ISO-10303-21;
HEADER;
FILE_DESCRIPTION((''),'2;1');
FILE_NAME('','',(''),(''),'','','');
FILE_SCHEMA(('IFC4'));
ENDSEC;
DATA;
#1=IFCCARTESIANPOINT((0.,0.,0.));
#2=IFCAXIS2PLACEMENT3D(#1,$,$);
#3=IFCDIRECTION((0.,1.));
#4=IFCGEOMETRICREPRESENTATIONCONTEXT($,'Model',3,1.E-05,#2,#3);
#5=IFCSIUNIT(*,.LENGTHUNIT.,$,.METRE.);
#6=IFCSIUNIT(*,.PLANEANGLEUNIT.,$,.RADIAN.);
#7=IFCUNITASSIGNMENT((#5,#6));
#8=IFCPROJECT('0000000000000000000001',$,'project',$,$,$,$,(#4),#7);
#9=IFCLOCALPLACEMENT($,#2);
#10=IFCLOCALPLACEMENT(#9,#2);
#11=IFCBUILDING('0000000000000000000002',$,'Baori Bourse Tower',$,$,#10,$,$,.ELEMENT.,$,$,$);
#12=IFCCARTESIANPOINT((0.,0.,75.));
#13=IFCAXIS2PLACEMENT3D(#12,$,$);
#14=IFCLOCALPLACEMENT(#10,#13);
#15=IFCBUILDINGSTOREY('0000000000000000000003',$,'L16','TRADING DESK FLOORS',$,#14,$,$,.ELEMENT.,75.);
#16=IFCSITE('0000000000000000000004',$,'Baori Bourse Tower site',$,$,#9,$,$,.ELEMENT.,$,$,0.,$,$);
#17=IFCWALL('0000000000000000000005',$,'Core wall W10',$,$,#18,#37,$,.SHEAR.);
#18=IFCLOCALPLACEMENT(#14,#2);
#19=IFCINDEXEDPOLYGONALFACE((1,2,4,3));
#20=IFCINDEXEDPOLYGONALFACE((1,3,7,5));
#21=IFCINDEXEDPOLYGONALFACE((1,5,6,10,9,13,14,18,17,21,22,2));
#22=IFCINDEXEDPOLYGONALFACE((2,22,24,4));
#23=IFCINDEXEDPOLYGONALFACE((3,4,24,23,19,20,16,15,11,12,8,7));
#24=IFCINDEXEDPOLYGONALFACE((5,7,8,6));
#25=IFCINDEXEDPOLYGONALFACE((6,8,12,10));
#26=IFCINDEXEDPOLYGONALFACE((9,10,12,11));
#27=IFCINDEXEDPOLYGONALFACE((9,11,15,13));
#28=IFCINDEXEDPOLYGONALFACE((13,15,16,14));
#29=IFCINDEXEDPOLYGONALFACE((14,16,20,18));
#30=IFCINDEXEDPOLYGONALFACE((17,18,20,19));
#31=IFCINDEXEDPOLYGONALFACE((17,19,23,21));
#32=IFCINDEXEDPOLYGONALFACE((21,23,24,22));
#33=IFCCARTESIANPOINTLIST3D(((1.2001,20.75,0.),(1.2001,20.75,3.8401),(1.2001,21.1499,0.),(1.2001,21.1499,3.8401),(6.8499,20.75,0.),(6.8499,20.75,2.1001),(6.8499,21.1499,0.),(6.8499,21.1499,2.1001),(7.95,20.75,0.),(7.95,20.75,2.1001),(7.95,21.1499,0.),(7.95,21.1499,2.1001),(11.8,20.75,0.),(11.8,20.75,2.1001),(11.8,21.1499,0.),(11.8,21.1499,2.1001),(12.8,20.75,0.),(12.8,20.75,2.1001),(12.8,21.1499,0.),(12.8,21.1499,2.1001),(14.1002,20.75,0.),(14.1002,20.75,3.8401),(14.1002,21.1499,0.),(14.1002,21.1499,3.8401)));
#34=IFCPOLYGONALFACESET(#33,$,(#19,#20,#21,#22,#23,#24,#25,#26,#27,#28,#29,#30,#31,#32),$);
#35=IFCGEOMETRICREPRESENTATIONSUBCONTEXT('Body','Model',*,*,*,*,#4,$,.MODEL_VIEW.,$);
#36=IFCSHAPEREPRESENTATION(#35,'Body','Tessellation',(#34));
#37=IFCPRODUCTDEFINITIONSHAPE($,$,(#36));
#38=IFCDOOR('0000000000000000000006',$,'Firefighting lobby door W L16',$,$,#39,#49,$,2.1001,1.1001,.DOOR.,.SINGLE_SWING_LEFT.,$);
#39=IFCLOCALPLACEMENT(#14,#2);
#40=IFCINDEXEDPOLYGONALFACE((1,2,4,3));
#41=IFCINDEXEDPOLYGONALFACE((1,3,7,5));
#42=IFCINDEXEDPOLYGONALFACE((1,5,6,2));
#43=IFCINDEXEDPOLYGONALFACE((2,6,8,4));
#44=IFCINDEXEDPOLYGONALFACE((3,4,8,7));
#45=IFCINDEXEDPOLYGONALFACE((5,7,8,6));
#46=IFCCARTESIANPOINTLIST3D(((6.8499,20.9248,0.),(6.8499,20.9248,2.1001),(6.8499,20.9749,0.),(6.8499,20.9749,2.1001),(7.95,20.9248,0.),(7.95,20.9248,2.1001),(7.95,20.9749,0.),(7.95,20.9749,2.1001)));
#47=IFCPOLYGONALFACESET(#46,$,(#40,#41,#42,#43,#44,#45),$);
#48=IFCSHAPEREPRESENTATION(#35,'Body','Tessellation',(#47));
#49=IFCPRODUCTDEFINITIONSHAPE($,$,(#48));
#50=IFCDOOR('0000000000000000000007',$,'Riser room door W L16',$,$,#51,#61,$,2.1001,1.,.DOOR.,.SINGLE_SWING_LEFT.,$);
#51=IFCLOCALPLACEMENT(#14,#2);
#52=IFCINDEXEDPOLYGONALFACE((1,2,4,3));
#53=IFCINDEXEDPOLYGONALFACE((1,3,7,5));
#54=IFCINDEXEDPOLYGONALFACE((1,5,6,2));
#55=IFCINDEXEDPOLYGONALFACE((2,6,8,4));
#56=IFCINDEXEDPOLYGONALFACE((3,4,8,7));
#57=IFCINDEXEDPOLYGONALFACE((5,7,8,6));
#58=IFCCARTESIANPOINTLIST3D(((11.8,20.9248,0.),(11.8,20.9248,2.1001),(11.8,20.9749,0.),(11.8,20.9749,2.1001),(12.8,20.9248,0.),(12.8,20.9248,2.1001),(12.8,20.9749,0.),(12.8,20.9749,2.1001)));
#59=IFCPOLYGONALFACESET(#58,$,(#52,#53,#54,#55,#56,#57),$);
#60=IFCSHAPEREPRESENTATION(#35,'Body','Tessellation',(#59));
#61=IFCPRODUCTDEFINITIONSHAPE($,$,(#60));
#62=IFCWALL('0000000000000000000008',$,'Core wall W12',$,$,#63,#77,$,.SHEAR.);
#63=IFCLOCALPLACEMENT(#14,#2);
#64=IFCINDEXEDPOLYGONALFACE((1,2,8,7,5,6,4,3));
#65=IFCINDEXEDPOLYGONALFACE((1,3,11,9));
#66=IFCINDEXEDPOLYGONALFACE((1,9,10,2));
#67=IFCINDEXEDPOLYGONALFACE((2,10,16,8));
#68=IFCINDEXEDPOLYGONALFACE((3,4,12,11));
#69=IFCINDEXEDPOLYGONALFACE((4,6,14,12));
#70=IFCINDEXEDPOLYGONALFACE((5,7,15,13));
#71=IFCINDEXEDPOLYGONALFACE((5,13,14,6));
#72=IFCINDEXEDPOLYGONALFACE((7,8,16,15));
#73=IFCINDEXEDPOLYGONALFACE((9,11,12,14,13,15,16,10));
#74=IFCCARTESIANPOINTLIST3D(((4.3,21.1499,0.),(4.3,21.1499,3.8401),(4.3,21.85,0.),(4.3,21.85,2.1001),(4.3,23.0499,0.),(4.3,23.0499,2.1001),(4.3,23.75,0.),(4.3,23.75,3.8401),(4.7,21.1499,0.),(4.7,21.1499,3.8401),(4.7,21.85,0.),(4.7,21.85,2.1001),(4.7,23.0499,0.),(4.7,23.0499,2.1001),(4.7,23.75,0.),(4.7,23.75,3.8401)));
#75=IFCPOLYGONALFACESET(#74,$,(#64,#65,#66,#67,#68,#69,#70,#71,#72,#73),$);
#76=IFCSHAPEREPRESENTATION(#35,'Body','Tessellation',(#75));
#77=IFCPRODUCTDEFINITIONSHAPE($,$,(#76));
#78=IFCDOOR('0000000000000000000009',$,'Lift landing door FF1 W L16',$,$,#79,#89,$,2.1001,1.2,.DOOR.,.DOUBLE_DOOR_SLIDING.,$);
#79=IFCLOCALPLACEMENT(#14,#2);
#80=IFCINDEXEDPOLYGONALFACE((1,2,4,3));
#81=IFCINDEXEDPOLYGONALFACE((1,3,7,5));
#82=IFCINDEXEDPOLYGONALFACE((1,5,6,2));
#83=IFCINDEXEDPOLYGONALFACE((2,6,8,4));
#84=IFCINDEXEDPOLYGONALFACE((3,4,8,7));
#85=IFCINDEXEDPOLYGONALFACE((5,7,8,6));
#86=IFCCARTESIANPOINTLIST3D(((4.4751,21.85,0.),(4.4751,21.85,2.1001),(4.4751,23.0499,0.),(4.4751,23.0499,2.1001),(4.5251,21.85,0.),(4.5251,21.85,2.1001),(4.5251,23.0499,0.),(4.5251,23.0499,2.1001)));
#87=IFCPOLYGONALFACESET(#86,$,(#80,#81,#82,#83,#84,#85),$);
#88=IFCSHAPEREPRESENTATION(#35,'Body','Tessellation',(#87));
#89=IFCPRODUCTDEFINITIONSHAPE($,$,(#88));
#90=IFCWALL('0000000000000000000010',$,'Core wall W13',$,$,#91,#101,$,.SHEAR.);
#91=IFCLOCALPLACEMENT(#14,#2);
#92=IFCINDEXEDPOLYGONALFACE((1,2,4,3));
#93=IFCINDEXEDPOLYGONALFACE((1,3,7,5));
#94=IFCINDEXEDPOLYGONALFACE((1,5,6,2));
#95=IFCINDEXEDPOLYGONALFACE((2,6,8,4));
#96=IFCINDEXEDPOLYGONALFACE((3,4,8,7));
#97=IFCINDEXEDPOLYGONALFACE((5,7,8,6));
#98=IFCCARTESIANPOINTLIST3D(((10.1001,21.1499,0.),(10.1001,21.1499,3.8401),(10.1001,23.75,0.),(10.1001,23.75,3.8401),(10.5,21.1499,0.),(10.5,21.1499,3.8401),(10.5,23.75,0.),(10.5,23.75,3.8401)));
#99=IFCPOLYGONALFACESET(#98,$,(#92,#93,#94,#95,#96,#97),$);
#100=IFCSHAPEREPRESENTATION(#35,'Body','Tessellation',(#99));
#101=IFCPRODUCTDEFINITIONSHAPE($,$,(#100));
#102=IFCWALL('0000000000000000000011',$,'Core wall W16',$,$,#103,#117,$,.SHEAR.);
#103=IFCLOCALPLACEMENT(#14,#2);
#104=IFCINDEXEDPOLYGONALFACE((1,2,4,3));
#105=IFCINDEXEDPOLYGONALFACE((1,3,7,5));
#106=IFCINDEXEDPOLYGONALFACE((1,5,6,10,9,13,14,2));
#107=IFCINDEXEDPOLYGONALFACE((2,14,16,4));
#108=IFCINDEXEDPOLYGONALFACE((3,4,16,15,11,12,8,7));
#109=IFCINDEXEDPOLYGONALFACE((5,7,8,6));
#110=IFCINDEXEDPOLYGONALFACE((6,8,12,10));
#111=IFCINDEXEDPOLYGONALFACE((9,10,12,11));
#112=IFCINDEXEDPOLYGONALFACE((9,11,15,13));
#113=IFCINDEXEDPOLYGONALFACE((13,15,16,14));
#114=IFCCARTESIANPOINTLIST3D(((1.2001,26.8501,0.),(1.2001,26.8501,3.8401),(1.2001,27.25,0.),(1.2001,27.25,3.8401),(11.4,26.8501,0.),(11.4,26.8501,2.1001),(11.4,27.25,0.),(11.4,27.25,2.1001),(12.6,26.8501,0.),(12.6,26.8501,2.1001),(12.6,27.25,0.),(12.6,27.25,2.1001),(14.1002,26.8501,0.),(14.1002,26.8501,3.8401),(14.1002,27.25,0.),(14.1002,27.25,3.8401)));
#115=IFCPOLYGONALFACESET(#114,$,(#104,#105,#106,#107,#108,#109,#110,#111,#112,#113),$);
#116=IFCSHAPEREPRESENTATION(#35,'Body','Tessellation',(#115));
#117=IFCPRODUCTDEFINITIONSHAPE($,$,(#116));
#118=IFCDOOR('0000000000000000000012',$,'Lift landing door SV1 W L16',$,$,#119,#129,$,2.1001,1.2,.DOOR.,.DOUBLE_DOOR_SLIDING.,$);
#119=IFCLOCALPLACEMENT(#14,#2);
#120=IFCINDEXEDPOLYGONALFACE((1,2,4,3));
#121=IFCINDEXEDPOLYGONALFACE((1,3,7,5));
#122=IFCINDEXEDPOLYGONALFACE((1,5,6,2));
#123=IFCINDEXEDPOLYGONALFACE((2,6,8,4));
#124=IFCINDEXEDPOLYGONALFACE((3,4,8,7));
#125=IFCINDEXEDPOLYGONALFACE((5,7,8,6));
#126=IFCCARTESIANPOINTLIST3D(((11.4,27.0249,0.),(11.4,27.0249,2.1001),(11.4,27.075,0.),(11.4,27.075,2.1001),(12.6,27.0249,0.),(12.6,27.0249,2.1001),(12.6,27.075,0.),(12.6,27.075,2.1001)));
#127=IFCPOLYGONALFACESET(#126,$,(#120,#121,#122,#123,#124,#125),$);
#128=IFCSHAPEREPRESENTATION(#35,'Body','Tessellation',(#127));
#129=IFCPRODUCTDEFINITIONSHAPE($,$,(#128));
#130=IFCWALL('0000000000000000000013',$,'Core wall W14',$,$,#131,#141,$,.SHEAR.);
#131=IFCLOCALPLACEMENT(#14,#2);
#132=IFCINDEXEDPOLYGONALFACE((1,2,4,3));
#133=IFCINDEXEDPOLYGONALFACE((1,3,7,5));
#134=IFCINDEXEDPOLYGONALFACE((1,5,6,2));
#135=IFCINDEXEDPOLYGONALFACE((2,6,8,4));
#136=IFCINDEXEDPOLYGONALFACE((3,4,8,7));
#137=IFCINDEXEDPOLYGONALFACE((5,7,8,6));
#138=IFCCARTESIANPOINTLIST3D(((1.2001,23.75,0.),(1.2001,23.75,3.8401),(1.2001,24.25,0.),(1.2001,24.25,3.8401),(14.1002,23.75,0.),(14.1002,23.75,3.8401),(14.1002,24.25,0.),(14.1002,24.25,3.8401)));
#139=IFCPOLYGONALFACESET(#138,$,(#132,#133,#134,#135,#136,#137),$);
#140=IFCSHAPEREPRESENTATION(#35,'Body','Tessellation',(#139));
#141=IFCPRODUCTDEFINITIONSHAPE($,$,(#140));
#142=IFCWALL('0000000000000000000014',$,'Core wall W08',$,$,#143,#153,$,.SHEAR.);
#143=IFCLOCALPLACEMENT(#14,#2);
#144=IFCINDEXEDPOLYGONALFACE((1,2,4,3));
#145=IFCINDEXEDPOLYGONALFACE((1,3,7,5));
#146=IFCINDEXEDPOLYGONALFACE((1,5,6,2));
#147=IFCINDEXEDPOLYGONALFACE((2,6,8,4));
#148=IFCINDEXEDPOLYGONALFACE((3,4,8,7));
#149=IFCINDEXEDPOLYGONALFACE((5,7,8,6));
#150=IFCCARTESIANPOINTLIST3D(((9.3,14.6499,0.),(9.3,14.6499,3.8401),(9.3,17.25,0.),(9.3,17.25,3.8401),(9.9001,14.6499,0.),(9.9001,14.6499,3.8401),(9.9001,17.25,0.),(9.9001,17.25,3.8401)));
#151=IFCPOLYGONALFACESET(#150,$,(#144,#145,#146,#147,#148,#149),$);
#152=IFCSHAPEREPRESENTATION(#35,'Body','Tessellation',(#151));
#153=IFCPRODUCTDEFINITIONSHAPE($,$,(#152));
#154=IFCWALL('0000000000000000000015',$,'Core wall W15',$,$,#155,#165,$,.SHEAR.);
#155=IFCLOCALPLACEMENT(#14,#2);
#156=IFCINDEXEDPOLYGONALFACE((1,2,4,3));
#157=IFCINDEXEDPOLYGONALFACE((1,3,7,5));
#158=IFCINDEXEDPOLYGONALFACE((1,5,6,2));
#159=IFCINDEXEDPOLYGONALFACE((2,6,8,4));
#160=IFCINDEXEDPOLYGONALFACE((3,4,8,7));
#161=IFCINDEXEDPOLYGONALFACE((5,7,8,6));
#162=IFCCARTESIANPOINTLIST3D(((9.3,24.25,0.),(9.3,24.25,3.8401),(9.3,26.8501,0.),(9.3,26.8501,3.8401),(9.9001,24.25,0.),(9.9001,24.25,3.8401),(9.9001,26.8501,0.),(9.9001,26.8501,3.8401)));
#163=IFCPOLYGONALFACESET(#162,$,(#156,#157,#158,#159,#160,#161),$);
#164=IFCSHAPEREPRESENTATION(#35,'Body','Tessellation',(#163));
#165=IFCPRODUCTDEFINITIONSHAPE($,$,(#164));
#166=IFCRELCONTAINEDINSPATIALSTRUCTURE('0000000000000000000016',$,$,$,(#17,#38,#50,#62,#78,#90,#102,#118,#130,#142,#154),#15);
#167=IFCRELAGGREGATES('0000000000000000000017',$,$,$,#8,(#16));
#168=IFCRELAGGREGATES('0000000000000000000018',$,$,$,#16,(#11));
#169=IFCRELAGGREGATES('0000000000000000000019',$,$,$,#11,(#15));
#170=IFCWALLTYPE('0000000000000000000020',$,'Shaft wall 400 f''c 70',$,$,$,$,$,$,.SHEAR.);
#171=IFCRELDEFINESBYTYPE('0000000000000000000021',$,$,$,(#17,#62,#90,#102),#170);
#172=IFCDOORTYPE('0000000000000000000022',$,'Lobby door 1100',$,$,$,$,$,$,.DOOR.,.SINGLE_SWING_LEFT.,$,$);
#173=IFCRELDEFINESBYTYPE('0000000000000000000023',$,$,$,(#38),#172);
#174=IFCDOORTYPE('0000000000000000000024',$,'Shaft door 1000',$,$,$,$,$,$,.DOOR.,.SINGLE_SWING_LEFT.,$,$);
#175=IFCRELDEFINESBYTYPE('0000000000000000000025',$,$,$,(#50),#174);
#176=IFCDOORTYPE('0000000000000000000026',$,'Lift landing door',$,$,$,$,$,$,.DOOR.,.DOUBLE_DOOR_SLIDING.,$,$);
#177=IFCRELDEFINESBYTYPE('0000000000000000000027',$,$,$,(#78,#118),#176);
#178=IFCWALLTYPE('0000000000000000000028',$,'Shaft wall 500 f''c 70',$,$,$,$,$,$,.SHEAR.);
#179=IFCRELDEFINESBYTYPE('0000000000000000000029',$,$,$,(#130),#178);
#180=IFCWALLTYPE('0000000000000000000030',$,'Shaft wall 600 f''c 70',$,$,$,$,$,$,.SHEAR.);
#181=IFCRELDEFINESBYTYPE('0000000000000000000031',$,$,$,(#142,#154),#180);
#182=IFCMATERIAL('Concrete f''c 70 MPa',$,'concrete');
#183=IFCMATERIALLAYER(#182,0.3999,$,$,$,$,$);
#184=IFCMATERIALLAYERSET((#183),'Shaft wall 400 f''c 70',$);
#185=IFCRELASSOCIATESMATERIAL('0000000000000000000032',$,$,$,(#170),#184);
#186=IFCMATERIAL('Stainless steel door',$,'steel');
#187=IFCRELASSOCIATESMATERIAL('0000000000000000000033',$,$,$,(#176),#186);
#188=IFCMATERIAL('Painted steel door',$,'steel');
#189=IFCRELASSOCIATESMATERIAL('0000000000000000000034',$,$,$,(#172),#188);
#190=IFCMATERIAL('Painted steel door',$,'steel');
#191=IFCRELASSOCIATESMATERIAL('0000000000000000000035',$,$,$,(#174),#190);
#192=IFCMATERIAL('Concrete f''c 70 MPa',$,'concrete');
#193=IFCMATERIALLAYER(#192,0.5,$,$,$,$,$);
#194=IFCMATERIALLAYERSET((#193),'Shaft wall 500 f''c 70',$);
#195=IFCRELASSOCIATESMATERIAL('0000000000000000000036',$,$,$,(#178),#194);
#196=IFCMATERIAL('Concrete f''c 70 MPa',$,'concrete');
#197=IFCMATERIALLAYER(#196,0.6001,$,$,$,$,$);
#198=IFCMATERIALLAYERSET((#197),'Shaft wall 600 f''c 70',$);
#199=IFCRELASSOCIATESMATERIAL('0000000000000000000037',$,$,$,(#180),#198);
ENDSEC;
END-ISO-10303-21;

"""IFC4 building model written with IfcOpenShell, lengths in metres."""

from ifc_helpers import new_model, si_unit, direction, frame, frame_2d, origin, place, context, subcontext, project, spatial, rectangle, extrude, material, layer, layer_set, type_object, element, fill, save


model = new_model("IFC4")

# Units and contexts
model_context = context("Model", 3, precision=1e-05, world=origin(), true_north=direction((0.0, 1.0)))
body_context = subcontext(model_context, "Body", "Model", "MODEL_VIEW")
ifc_project = project(units=[si_unit("LENGTHUNIT", "METRE"), si_unit("PLANEANGLEUNIT", "RADIAN")], contexts=[model_context])

# Site, building, storey
site_placement = place(None, origin())
site = spatial("IfcSite", under=ifc_project, at=site_placement, Name="Baori Bourse Tower site", CompositionType="ELEMENT", RefElevation=0.0)
building_placement = place(site_placement, origin())
building = spatial("IfcBuilding", under=site, at=building_placement, Name="Baori Bourse Tower", CompositionType="ELEMENT")
storey_placement = place(building_placement, frame((0.0, 0.0, 75.0)))
storey = spatial("IfcBuildingStorey", under=building, at=storey_placement, Name="L16", Description="TRADING DESK FLOORS", CompositionType="ELEMENT", Elevation=75.0)

# Shared definitions
ifc_material_1 = material(Name="Concrete f'c 70 MPa", Category="concrete")
ifc_layer_1 = layer(ifc_material_1, 0.3999)
ifc_layer_set_1 = layer_set([ifc_layer_1], Name="Shaft wall 400 f'c 70")
wall_type_1 = type_object("IfcWallType", Name="Shaft wall 400 f'c 70", PredefinedType="SHEAR", material=ifc_layer_set_1)

# Wall, openings, doors
ifc_material_2 = material(Name="Stainless steel door", Category="steel")
door_type_1 = type_object("IfcDoorType", Name="Lift landing door", OperationType="DOUBLE_DOOR_SLIDING", PredefinedType="DOOR", material=ifc_material_2)
wall_1_placement = place(storey_placement, frame((1.2, 20.95, 0.0), z_axis=(0.0, 0.0, 1.0), x_axis=(1.0, 0.0, 0.0)))
wall_1 = element("IfcWall", 1, at=wall_1_placement, inside=storey, type_object=wall_type_1, Name="Core wall W10", PredefinedType="SHEAR", context=body_context, shape_type="SweptSolid", body=[
    extrude(rectangle(XDim=12.9001, YDim=0.3999, at=frame_2d((6.4502, 0.0))), origin(), (0.0, 0.0, 1.0), 3.8401),
])
opening_1_placement = place(wall_1_placement, frame((5.6499, 0.0, 0.0)))
opening_1 = element("IfcOpeningElement", 2, at=opening_1_placement, cuts=wall_1, PredefinedType="OPENING", context=body_context, shape_type="SweptSolid", body=[
    extrude(rectangle(XDim=1.1001, YDim=2.1001, at=frame_2d((0.55, 1.05))), frame((0.0, 0.21, 0.0), z_axis=(0.0, -1.0, 0.0), x_axis=(1.0, 0.0, 0.0)), (0.0, 0.0, 1.0), 0.4199),
])
opening_2_placement = place(wall_1_placement, frame((10.6001, 0.0, 0.0)))
opening_2 = element("IfcOpeningElement", 3, at=opening_2_placement, cuts=wall_1, PredefinedType="OPENING", context=body_context, shape_type="SweptSolid", body=[
    extrude(rectangle(XDim=1.0, YDim=2.1001, at=frame_2d((0.5, 1.05))), frame((0.0, 0.21, 0.0), z_axis=(0.0, -1.0, 0.0), x_axis=(1.0, 0.0, 0.0)), (0.0, 0.0, 1.0), 0.4199),
])
ifc_material_3 = material(Name="Painted steel door", Category="steel")
door_type_2 = type_object("IfcDoorType", Name="Lobby door 1100", OperationType="SINGLE_SWING_LEFT", PredefinedType="DOOR", material=ifc_material_3)
door_1_placement = place(opening_1_placement, origin())
door_1 = element("IfcDoor", 4, at=door_1_placement, inside=storey, type_object=door_type_2, Name="Firefighting lobby door W L16", OperationType="SINGLE_SWING_LEFT", OverallHeight=2.1001, OverallWidth=1.1001, PredefinedType="DOOR", context=body_context, shape_type="SweptSolid", body=[
    extrude(rectangle(XDim=1.1001, YDim=2.1001, at=frame_2d((0.55, 1.05))), frame((0.0, 0.0249, 0.0), z_axis=(0.0, -1.0, 0.0), x_axis=(1.0, 0.0, 0.0)), (0.0, 0.0, 1.0), 0.05),
])
fill(opening_1, door_1)
ifc_material_4 = material(Name="Painted steel door", Category="steel")
door_type_3 = type_object("IfcDoorType", Name="Shaft door 1000", OperationType="SINGLE_SWING_LEFT", PredefinedType="DOOR", material=ifc_material_4)
door_2_placement = place(opening_2_placement, origin())
door_2 = element("IfcDoor", 5, at=door_2_placement, inside=storey, type_object=door_type_3, Name="Riser room door W L16", OperationType="SINGLE_SWING_LEFT", OverallHeight=2.1001, OverallWidth=1.0, PredefinedType="DOOR", context=body_context, shape_type="SweptSolid", body=[
    extrude(rectangle(XDim=1.0, YDim=2.1001, at=frame_2d((0.5, 1.05))), frame((0.0, 0.0249, 0.0), z_axis=(0.0, -1.0, 0.0), x_axis=(1.0, 0.0, 0.0)), (0.0, 0.0, 1.0), 0.05),
])
fill(opening_2, door_2)

# Wall, opening, door
wall_2_placement = place(storey_placement, frame((4.5, 21.1499, 0.0), z_axis=(0.0, 0.0, 1.0), x_axis=(0.0, 1.0, 0.0)))
wall_2 = element("IfcWall", 6, at=wall_2_placement, inside=storey, type_object=wall_type_1, Name="Core wall W12", PredefinedType="SHEAR", context=body_context, shape_type="SweptSolid", body=[
    extrude(rectangle(XDim=2.6001, YDim=0.3999, at=frame_2d((1.3, 0.0))), origin(), (0.0, 0.0, 1.0), 3.8401),
])
opening_3_placement = place(wall_2_placement, frame((0.7, 0.0, 0.0)))
opening_3 = element("IfcOpeningElement", 7, at=opening_3_placement, cuts=wall_2, PredefinedType="OPENING", context=body_context, shape_type="SweptSolid", body=[
    extrude(rectangle(XDim=1.2, YDim=2.1001, at=frame_2d((0.6001, 1.05))), frame((0.0, 0.21, 0.0), z_axis=(0.0, -1.0, 0.0), x_axis=(1.0, 0.0, 0.0)), (0.0, 0.0, 1.0), 0.4199),
])
door_3_placement = place(opening_3_placement, origin())
door_3 = element("IfcDoor", 8, at=door_3_placement, inside=storey, type_object=door_type_1, Name="Lift landing door FF1 W L16", OperationType="DOUBLE_DOOR_SLIDING", OverallHeight=2.1001, OverallWidth=1.2, PredefinedType="DOOR", context=body_context, shape_type="SweptSolid", body=[
    extrude(rectangle(XDim=1.2, YDim=2.1001, at=frame_2d((0.6001, 1.05))), frame((0.0, 0.0249, 0.0), z_axis=(0.0, -1.0, 0.0), x_axis=(1.0, 0.0, 0.0)), (0.0, 0.0, 1.0), 0.05),
])
fill(opening_3, door_3)

# Wall
wall_3_placement = place(storey_placement, frame((10.3, 21.1499, 0.0), z_axis=(0.0, 0.0, 1.0), x_axis=(0.0, 1.0, 0.0)))
element("IfcWall", 9, at=wall_3_placement, inside=storey, type_object=wall_type_1, Name="Core wall W13", PredefinedType="SHEAR", context=body_context, shape_type="SweptSolid", body=[
    extrude(rectangle(XDim=2.6001, YDim=0.3999, at=frame_2d((1.3, 0.0))), origin(), (0.0, 0.0, 1.0), 3.8401),
])

# Wall, opening, door
wall_4_placement = place(storey_placement, frame((1.2, 27.05, 0.0), z_axis=(0.0, 0.0, 1.0), x_axis=(1.0, 0.0, 0.0)))
wall_4 = element("IfcWall", 10, at=wall_4_placement, inside=storey, type_object=wall_type_1, Name="Core wall W16", PredefinedType="SHEAR", context=body_context, shape_type="SweptSolid", body=[
    extrude(rectangle(XDim=12.9001, YDim=0.3999, at=frame_2d((6.4502, 0.0))), origin(), (0.0, 0.0, 1.0), 3.8401),
])
opening_4_placement = place(wall_4_placement, frame((10.2, 0.0, 0.0)))
opening_4 = element("IfcOpeningElement", 11, at=opening_4_placement, cuts=wall_4, PredefinedType="OPENING", context=body_context, shape_type="SweptSolid", body=[
    extrude(rectangle(XDim=1.2, YDim=2.1001, at=frame_2d((0.6001, 1.05))), frame((0.0, 0.21, 0.0), z_axis=(0.0, -1.0, 0.0), x_axis=(1.0, 0.0, 0.0)), (0.0, 0.0, 1.0), 0.4199),
])
door_4_placement = place(opening_4_placement, origin())
door_4 = element("IfcDoor", 12, at=door_4_placement, inside=storey, type_object=door_type_1, Name="Lift landing door SV1 W L16", OperationType="DOUBLE_DOOR_SLIDING", OverallHeight=2.1001, OverallWidth=1.2, PredefinedType="DOOR", context=body_context, shape_type="SweptSolid", body=[
    extrude(rectangle(XDim=1.2, YDim=2.1001, at=frame_2d((0.6001, 1.05))), frame((0.0, 0.0249, 0.0), z_axis=(0.0, -1.0, 0.0), x_axis=(1.0, 0.0, 0.0)), (0.0, 0.0, 1.0), 0.05),
])
fill(opening_4, door_4)

# Walls
ifc_material_5 = material(Name="Concrete f'c 70 MPa", Category="concrete")
ifc_layer_2 = layer(ifc_material_5, 0.5)
ifc_layer_set_2 = layer_set([ifc_layer_2], Name="Shaft wall 500 f'c 70")
wall_type_2 = type_object("IfcWallType", Name="Shaft wall 500 f'c 70", PredefinedType="SHEAR", material=ifc_layer_set_2)
wall_5_placement = place(storey_placement, frame((1.2, 24.0, 0.0), z_axis=(0.0, 0.0, 1.0), x_axis=(1.0, 0.0, 0.0)))
element("IfcWall", 13, at=wall_5_placement, inside=storey, type_object=wall_type_2, Name="Core wall W14", PredefinedType="SHEAR", context=body_context, shape_type="SweptSolid", body=[
    extrude(rectangle(XDim=12.9001, YDim=0.5, at=frame_2d((6.4502, 0.0))), origin(), (0.0, 0.0, 1.0), 3.8401),
])
ifc_material_6 = material(Name="Concrete f'c 70 MPa", Category="concrete")
ifc_layer_3 = layer(ifc_material_6, 0.6001)
ifc_layer_set_3 = layer_set([ifc_layer_3], Name="Shaft wall 600 f'c 70")
wall_type_3 = type_object("IfcWallType", Name="Shaft wall 600 f'c 70", PredefinedType="SHEAR", material=ifc_layer_set_3)
for number, where, z_axis, x_axis, name in (
    (14, (9.6001, 14.6499, 0.0), (0.0, 0.0, 1.0), (0.0, 1.0, 0.0), "Core wall W08"),
    (15, (9.6001, 24.25, 0.0), (0.0, 0.0, 1.0), (0.0, 1.0, 0.0), "Core wall W15"),
):
    element("IfcWall", number, at=place(storey_placement, frame(where, z_axis=z_axis, x_axis=x_axis)), inside=storey, type_object=wall_type_3, Name=name, PredefinedType="SHEAR", context=body_context, shape_type="SweptSolid", body=[
        extrude(rectangle(XDim=2.6001, YDim=0.6001, at=frame_2d((1.3, 0.0))), origin(), (0.0, 0.0, 1.0), 3.8401),
    ])

save(model, "model.ifc")
